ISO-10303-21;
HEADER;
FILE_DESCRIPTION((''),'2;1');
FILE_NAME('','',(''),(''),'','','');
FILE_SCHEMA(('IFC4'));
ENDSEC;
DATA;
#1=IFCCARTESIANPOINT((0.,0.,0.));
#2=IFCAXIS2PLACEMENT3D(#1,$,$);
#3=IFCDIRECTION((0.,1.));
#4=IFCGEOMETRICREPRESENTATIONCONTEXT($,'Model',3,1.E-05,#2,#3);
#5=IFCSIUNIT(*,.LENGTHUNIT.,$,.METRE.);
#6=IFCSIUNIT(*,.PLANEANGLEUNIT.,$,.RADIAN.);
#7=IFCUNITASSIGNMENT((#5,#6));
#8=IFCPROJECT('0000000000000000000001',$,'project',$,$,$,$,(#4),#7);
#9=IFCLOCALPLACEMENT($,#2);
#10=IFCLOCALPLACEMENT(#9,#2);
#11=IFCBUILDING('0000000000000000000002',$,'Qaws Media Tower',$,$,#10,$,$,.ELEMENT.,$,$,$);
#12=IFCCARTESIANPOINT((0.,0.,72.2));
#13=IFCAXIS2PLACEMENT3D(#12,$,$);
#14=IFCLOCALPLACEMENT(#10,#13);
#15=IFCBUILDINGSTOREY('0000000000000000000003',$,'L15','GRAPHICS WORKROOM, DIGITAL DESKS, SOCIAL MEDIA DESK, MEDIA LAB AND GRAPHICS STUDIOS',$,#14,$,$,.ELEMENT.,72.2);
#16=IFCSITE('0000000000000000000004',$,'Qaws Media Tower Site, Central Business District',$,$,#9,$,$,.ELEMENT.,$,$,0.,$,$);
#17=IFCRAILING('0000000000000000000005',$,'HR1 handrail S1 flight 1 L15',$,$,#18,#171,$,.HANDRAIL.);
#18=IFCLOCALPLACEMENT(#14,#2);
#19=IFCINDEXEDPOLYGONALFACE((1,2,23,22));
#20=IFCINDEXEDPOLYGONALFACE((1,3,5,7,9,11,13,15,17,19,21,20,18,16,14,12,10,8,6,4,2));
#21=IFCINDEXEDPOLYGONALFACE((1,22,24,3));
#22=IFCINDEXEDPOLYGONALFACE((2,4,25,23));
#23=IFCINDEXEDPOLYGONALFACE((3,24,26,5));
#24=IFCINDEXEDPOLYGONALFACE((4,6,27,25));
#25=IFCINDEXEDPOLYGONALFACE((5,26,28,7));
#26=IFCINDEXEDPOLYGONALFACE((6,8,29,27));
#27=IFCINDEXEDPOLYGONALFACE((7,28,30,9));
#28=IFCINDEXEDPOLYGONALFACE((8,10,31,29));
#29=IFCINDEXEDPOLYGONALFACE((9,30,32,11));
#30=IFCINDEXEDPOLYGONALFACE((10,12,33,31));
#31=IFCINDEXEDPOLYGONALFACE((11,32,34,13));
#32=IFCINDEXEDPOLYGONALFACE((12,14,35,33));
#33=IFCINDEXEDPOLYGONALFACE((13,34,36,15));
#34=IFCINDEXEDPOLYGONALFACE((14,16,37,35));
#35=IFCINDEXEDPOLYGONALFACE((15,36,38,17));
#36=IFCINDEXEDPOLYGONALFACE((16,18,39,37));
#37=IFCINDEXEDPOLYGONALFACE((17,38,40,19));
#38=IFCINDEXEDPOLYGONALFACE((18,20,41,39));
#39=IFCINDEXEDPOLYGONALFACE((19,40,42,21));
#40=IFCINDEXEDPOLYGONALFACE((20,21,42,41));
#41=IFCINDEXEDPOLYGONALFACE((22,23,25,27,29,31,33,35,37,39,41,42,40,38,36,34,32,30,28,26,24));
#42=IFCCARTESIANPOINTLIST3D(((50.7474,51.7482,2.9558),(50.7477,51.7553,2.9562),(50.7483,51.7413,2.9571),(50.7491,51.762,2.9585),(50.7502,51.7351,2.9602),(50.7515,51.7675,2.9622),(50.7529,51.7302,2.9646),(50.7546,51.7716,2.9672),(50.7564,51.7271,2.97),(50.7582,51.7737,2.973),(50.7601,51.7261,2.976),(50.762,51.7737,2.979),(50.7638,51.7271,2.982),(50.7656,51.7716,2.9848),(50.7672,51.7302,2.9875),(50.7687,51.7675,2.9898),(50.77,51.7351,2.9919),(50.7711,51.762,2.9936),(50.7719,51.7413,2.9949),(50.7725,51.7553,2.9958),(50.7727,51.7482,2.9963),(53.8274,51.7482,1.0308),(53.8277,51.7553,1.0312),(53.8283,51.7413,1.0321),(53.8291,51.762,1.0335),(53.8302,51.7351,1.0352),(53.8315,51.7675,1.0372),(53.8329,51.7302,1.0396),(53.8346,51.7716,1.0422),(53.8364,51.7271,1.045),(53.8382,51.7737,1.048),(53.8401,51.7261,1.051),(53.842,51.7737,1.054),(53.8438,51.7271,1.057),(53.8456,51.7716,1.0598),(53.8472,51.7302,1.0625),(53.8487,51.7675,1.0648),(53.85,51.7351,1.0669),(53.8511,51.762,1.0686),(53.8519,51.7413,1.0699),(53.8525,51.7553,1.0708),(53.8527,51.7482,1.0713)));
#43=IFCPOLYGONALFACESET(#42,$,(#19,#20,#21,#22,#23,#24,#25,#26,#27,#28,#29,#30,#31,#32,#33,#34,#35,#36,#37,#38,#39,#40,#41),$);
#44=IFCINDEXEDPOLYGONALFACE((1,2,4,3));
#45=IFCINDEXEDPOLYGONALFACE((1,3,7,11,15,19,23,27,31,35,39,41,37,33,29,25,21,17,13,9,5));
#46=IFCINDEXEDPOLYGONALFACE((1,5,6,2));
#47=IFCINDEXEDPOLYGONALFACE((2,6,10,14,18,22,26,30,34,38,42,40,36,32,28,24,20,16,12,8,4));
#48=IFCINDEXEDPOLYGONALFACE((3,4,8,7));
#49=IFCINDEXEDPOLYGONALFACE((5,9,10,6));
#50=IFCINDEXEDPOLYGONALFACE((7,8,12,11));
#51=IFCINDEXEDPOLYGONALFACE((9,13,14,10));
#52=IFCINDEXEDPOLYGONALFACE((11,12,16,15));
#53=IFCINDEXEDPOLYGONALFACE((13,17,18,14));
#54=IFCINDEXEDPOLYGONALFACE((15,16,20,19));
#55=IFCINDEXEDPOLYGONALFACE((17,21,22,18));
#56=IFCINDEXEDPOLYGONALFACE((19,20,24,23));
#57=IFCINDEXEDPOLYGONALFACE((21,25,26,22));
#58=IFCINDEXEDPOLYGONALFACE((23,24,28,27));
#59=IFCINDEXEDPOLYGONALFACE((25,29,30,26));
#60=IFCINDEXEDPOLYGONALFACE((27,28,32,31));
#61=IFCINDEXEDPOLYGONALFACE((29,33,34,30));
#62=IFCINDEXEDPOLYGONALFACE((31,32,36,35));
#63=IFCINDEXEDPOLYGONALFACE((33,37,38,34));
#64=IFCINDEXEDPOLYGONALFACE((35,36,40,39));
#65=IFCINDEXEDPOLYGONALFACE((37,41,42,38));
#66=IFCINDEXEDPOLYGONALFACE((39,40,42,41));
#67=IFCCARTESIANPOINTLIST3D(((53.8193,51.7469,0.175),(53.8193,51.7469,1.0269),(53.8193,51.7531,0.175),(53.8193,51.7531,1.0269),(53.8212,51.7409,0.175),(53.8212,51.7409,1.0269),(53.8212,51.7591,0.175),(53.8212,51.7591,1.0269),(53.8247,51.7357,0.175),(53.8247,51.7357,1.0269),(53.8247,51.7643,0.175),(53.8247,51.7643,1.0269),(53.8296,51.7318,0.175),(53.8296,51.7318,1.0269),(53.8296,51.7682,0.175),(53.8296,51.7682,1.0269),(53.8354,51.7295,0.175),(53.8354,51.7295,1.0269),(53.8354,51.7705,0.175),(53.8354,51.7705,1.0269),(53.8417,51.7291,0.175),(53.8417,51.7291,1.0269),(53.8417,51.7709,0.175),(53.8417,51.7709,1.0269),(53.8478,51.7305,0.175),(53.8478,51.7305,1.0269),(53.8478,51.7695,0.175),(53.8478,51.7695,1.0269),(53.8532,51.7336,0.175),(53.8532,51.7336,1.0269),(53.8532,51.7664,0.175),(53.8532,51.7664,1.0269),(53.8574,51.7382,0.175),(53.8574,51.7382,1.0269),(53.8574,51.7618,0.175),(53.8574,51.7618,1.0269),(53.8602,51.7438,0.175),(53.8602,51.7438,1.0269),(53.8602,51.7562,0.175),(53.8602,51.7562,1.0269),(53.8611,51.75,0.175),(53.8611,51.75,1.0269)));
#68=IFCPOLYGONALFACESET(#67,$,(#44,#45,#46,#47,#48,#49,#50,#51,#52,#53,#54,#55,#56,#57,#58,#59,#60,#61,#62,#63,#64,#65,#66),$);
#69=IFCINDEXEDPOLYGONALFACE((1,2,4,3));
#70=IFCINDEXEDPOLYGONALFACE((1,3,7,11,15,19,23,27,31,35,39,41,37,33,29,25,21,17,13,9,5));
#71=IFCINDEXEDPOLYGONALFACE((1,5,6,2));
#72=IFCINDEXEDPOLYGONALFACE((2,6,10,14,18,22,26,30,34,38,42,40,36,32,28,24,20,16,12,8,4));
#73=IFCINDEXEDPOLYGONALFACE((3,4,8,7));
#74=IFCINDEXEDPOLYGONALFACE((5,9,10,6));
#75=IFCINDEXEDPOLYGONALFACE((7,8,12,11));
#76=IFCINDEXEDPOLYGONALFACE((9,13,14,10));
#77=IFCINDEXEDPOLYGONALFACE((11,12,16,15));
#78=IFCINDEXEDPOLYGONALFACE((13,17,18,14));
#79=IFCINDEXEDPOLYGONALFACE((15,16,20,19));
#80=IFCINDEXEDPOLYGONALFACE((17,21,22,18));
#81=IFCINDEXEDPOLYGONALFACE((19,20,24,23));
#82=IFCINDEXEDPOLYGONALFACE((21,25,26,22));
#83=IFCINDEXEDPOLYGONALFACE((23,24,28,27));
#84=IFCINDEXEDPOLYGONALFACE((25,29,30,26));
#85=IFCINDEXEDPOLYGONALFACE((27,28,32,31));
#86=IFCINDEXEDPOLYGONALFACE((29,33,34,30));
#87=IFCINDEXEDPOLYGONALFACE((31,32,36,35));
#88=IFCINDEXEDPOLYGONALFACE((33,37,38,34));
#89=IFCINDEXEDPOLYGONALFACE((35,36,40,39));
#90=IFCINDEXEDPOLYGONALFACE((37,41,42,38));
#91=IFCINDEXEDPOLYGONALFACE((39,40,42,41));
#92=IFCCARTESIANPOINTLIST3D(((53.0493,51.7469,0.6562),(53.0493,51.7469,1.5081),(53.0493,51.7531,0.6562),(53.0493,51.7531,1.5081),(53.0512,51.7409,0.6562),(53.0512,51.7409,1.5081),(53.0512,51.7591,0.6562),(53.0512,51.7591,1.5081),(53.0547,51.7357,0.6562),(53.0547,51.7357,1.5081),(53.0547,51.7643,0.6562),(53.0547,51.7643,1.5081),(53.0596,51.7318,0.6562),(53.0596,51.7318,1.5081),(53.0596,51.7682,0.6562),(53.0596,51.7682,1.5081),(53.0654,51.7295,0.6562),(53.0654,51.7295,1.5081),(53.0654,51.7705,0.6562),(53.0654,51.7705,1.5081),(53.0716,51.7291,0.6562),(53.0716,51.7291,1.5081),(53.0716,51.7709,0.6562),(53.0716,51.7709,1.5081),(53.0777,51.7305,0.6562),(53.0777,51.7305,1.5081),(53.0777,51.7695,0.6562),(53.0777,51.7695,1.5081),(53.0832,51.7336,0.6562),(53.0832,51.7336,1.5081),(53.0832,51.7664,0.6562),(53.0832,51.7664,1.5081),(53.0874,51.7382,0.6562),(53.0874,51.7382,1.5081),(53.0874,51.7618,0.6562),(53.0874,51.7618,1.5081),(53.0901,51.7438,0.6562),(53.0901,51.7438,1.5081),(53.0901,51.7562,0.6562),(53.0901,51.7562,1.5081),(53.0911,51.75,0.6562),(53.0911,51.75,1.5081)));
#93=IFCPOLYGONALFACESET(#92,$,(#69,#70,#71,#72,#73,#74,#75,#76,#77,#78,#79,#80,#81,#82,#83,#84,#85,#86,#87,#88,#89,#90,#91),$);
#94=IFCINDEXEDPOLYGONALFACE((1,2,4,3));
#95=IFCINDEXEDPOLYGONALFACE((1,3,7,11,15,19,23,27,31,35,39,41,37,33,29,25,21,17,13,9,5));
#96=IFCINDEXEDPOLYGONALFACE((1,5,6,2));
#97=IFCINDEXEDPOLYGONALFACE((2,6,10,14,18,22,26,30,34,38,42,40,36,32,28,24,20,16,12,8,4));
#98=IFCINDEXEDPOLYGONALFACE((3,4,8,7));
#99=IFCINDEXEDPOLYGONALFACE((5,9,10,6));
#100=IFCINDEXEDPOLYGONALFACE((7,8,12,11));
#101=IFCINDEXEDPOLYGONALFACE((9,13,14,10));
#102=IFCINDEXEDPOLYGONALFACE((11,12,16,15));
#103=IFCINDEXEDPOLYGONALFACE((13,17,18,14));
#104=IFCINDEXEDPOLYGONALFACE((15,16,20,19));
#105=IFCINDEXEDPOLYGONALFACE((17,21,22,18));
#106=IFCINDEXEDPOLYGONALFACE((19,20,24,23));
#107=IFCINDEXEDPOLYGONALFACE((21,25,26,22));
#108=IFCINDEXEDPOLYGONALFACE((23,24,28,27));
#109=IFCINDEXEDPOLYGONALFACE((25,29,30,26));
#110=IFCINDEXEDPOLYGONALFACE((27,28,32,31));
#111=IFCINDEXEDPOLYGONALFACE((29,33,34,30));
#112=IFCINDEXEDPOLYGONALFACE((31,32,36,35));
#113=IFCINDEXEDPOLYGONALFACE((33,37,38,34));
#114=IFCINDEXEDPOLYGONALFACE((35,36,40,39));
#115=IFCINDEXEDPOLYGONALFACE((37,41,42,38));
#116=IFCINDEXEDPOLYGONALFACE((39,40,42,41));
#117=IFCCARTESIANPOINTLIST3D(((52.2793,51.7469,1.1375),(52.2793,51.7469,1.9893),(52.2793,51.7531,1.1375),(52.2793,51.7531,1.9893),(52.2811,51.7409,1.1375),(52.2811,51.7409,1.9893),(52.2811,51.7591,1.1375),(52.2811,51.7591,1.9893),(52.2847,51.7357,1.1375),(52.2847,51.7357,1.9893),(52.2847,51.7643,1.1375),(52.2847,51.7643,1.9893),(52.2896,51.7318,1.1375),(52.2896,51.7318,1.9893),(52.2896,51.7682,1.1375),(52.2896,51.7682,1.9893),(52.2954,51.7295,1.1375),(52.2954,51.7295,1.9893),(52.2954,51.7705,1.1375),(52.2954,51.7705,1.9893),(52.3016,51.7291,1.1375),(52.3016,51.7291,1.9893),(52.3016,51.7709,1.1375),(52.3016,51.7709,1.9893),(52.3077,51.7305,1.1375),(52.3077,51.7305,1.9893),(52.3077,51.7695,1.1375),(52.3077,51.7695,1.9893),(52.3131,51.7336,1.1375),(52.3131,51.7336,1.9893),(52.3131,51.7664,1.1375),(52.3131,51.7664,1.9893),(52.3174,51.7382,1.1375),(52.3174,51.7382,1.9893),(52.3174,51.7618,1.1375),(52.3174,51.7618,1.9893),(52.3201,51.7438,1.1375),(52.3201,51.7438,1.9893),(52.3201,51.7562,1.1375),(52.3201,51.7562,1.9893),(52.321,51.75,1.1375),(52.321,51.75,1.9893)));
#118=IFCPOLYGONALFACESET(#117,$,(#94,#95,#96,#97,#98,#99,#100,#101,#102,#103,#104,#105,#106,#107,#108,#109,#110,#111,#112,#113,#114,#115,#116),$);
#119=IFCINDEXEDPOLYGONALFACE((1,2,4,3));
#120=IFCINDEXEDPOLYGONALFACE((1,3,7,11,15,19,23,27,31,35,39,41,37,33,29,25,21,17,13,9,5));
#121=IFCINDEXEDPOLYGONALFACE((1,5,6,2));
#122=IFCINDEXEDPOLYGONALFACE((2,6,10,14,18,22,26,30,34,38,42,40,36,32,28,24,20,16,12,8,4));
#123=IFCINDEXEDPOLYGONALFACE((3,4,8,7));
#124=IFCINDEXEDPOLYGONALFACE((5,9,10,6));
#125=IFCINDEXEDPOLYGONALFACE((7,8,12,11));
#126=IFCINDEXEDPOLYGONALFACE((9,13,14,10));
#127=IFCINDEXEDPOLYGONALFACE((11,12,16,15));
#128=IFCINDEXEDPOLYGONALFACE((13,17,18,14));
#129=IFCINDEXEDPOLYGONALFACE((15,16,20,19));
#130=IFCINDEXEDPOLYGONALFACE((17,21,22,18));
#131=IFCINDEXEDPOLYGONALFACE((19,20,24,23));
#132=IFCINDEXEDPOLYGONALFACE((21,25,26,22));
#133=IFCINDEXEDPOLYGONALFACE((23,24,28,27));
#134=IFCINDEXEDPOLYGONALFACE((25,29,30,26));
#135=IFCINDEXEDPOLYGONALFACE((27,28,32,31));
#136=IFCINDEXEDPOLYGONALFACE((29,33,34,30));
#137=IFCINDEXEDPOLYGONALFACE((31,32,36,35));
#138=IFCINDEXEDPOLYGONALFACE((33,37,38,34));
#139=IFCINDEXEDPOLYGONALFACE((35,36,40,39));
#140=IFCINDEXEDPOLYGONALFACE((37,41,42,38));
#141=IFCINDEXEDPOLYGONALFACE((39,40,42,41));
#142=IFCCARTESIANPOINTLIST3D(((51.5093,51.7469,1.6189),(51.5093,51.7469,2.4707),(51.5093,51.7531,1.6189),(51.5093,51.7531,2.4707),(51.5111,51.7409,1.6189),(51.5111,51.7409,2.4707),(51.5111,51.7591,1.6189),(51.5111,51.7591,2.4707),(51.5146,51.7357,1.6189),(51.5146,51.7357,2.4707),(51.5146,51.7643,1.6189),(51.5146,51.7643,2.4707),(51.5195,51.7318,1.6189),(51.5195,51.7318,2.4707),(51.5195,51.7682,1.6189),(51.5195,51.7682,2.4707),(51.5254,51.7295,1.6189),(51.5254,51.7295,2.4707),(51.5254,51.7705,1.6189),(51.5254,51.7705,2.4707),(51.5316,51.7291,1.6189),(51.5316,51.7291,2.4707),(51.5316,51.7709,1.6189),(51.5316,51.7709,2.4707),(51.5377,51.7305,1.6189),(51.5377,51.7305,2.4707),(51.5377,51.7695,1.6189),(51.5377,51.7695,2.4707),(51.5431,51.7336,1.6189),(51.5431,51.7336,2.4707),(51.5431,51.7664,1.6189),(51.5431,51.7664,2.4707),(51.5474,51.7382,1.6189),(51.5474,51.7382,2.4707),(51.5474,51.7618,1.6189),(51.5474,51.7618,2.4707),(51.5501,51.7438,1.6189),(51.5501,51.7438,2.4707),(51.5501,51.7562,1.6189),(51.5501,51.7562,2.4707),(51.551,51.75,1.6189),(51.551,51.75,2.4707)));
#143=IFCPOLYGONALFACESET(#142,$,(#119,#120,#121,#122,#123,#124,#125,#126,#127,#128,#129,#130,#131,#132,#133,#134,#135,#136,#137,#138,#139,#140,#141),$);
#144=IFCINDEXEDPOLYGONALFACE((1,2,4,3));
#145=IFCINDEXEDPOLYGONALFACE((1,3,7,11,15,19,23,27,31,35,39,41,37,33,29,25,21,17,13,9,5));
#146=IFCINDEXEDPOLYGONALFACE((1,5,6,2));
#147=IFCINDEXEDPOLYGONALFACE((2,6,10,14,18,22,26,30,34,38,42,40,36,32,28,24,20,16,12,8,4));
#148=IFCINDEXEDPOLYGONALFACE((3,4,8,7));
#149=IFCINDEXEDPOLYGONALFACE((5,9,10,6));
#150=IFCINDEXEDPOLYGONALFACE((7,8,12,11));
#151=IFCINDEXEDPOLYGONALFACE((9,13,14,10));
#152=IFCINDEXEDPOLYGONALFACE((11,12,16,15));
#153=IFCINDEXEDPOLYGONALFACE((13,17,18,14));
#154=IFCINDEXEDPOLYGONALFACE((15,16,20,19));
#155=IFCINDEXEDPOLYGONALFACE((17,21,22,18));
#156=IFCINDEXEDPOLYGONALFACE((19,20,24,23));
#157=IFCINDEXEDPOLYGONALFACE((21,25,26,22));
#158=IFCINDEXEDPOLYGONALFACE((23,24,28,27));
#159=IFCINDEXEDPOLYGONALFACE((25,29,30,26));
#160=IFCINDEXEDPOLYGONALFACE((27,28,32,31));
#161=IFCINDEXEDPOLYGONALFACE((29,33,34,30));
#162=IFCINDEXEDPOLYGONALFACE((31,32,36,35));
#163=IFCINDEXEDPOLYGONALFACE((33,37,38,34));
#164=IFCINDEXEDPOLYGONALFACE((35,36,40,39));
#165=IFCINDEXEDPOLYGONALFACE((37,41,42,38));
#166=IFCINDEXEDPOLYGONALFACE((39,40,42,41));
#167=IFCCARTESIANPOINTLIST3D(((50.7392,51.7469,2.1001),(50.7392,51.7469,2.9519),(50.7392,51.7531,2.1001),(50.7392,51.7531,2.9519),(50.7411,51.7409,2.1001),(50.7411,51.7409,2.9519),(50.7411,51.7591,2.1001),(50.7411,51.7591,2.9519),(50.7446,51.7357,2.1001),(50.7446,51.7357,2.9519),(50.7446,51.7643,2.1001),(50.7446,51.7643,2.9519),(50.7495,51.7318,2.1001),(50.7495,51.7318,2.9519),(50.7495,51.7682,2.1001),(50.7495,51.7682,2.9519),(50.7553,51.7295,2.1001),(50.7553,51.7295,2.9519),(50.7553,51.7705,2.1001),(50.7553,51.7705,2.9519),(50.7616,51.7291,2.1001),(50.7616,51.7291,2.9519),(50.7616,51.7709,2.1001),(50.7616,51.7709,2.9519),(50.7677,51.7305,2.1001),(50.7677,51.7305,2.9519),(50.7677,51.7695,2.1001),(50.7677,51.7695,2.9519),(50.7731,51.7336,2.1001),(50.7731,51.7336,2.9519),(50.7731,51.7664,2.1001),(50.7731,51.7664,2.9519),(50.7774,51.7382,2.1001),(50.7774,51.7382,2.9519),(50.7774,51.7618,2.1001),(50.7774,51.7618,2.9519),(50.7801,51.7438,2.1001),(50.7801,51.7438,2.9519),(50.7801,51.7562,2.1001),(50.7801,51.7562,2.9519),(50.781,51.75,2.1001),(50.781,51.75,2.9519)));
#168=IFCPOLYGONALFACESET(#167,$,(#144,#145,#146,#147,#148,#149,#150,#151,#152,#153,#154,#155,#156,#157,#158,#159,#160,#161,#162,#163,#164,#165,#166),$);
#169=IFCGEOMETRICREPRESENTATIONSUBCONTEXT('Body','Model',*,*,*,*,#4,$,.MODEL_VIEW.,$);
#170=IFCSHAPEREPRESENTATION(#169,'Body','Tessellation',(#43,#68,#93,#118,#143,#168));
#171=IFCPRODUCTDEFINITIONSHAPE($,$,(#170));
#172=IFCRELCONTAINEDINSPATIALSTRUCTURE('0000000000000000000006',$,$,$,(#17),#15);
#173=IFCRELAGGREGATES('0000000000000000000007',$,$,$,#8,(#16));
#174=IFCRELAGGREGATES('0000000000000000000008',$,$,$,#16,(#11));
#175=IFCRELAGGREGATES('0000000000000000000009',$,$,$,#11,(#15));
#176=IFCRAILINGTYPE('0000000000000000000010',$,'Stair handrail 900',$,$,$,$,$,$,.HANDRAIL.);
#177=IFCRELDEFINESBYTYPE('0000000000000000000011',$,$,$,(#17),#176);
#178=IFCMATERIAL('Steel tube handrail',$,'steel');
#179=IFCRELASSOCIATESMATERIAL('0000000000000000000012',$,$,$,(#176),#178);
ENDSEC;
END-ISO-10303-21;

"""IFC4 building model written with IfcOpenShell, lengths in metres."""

from ifc_helpers import new_model, si_unit, direction, frame, origin, origin_2d, place, context, subcontext, project, spatial, circle, extrude, material, type_object, element, save


model = new_model("IFC4")

# Units and contexts
model_context = context("Model", 3, precision=1e-05, world=origin(), true_north=direction((0.0, 1.0)))
body_context = subcontext(model_context, "Body", "Model", "MODEL_VIEW")
ifc_project = project(units=[si_unit("LENGTHUNIT", "METRE"), si_unit("PLANEANGLEUNIT", "RADIAN")], contexts=[model_context])

# Site, building, storey
site_placement = place(None, origin())
site = spatial("IfcSite", under=ifc_project, at=site_placement, Name="Qaws Media Tower Site, Central Business District", CompositionType="ELEMENT", RefElevation=0.0)
building_placement = place(site_placement, origin())
building = spatial("IfcBuilding", under=site, at=building_placement, Name="Qaws Media Tower", CompositionType="ELEMENT")
storey_placement = place(building_placement, frame((0.0, 0.0, 72.2)))
storey = spatial("IfcBuildingStorey", under=building, at=storey_placement, Name="L15", Description="GRAPHICS WORKROOM, DIGITAL DESKS, SOCIAL MEDIA DESK, MEDIA LAB AND GRAPHICS STUDIOS", CompositionType="ELEMENT", Elevation=72.2)

# Railing
ifc_material_1 = material(Name="Steel tube handrail", Category="steel")
railing_type = type_object("IfcRailingType", Name="Stair handrail 900", PredefinedType="HANDRAIL", material=ifc_material_1)
for number, where, name in (
    (1, (53.8401, 51.75, 0.175), "HR1 handrail S1 flight 1 L15"),
):
    element("IfcRailing", number, at=place(storey_placement, frame(where)), inside=storey, type_object=railing_type, Name=name, PredefinedType="HANDRAIL", context=body_context, shape_type="SweptSolid", body=[
        extrude(circle(Radius=0.0239, at=origin_2d()), frame((0.0, 0.0, 0.876), z_axis=(-0.847998, 0.0, 0.529999), x_axis=(0.0, -1.0, 0.0)), (0.0, 0.0, 1.0), 3.6321),
        extrude(circle(Radius=0.021, at=origin_2d()), origin(), (0.0, 0.0, 1.0), 0.8518),
        extrude(circle(Radius=0.021, at=origin_2d()), frame((-0.77, 0.0, 0.4812)), (0.0, 0.0, 1.0), 0.8518),
        extrude(circle(Radius=0.021, at=origin_2d()), frame((-1.54, 0.0, 0.9624)), (0.0, 0.0, 1.0), 0.8518),
        extrude(circle(Radius=0.021, at=origin_2d()), frame((-2.3101, 0.0, 1.4438)), (0.0, 0.0, 1.0), 0.8518),
        extrude(circle(Radius=0.021, at=origin_2d()), frame((-3.0801, 0.0, 1.925)), (0.0, 0.0, 1.0), 0.8518),
    ])

save(model, "model.ifc")
